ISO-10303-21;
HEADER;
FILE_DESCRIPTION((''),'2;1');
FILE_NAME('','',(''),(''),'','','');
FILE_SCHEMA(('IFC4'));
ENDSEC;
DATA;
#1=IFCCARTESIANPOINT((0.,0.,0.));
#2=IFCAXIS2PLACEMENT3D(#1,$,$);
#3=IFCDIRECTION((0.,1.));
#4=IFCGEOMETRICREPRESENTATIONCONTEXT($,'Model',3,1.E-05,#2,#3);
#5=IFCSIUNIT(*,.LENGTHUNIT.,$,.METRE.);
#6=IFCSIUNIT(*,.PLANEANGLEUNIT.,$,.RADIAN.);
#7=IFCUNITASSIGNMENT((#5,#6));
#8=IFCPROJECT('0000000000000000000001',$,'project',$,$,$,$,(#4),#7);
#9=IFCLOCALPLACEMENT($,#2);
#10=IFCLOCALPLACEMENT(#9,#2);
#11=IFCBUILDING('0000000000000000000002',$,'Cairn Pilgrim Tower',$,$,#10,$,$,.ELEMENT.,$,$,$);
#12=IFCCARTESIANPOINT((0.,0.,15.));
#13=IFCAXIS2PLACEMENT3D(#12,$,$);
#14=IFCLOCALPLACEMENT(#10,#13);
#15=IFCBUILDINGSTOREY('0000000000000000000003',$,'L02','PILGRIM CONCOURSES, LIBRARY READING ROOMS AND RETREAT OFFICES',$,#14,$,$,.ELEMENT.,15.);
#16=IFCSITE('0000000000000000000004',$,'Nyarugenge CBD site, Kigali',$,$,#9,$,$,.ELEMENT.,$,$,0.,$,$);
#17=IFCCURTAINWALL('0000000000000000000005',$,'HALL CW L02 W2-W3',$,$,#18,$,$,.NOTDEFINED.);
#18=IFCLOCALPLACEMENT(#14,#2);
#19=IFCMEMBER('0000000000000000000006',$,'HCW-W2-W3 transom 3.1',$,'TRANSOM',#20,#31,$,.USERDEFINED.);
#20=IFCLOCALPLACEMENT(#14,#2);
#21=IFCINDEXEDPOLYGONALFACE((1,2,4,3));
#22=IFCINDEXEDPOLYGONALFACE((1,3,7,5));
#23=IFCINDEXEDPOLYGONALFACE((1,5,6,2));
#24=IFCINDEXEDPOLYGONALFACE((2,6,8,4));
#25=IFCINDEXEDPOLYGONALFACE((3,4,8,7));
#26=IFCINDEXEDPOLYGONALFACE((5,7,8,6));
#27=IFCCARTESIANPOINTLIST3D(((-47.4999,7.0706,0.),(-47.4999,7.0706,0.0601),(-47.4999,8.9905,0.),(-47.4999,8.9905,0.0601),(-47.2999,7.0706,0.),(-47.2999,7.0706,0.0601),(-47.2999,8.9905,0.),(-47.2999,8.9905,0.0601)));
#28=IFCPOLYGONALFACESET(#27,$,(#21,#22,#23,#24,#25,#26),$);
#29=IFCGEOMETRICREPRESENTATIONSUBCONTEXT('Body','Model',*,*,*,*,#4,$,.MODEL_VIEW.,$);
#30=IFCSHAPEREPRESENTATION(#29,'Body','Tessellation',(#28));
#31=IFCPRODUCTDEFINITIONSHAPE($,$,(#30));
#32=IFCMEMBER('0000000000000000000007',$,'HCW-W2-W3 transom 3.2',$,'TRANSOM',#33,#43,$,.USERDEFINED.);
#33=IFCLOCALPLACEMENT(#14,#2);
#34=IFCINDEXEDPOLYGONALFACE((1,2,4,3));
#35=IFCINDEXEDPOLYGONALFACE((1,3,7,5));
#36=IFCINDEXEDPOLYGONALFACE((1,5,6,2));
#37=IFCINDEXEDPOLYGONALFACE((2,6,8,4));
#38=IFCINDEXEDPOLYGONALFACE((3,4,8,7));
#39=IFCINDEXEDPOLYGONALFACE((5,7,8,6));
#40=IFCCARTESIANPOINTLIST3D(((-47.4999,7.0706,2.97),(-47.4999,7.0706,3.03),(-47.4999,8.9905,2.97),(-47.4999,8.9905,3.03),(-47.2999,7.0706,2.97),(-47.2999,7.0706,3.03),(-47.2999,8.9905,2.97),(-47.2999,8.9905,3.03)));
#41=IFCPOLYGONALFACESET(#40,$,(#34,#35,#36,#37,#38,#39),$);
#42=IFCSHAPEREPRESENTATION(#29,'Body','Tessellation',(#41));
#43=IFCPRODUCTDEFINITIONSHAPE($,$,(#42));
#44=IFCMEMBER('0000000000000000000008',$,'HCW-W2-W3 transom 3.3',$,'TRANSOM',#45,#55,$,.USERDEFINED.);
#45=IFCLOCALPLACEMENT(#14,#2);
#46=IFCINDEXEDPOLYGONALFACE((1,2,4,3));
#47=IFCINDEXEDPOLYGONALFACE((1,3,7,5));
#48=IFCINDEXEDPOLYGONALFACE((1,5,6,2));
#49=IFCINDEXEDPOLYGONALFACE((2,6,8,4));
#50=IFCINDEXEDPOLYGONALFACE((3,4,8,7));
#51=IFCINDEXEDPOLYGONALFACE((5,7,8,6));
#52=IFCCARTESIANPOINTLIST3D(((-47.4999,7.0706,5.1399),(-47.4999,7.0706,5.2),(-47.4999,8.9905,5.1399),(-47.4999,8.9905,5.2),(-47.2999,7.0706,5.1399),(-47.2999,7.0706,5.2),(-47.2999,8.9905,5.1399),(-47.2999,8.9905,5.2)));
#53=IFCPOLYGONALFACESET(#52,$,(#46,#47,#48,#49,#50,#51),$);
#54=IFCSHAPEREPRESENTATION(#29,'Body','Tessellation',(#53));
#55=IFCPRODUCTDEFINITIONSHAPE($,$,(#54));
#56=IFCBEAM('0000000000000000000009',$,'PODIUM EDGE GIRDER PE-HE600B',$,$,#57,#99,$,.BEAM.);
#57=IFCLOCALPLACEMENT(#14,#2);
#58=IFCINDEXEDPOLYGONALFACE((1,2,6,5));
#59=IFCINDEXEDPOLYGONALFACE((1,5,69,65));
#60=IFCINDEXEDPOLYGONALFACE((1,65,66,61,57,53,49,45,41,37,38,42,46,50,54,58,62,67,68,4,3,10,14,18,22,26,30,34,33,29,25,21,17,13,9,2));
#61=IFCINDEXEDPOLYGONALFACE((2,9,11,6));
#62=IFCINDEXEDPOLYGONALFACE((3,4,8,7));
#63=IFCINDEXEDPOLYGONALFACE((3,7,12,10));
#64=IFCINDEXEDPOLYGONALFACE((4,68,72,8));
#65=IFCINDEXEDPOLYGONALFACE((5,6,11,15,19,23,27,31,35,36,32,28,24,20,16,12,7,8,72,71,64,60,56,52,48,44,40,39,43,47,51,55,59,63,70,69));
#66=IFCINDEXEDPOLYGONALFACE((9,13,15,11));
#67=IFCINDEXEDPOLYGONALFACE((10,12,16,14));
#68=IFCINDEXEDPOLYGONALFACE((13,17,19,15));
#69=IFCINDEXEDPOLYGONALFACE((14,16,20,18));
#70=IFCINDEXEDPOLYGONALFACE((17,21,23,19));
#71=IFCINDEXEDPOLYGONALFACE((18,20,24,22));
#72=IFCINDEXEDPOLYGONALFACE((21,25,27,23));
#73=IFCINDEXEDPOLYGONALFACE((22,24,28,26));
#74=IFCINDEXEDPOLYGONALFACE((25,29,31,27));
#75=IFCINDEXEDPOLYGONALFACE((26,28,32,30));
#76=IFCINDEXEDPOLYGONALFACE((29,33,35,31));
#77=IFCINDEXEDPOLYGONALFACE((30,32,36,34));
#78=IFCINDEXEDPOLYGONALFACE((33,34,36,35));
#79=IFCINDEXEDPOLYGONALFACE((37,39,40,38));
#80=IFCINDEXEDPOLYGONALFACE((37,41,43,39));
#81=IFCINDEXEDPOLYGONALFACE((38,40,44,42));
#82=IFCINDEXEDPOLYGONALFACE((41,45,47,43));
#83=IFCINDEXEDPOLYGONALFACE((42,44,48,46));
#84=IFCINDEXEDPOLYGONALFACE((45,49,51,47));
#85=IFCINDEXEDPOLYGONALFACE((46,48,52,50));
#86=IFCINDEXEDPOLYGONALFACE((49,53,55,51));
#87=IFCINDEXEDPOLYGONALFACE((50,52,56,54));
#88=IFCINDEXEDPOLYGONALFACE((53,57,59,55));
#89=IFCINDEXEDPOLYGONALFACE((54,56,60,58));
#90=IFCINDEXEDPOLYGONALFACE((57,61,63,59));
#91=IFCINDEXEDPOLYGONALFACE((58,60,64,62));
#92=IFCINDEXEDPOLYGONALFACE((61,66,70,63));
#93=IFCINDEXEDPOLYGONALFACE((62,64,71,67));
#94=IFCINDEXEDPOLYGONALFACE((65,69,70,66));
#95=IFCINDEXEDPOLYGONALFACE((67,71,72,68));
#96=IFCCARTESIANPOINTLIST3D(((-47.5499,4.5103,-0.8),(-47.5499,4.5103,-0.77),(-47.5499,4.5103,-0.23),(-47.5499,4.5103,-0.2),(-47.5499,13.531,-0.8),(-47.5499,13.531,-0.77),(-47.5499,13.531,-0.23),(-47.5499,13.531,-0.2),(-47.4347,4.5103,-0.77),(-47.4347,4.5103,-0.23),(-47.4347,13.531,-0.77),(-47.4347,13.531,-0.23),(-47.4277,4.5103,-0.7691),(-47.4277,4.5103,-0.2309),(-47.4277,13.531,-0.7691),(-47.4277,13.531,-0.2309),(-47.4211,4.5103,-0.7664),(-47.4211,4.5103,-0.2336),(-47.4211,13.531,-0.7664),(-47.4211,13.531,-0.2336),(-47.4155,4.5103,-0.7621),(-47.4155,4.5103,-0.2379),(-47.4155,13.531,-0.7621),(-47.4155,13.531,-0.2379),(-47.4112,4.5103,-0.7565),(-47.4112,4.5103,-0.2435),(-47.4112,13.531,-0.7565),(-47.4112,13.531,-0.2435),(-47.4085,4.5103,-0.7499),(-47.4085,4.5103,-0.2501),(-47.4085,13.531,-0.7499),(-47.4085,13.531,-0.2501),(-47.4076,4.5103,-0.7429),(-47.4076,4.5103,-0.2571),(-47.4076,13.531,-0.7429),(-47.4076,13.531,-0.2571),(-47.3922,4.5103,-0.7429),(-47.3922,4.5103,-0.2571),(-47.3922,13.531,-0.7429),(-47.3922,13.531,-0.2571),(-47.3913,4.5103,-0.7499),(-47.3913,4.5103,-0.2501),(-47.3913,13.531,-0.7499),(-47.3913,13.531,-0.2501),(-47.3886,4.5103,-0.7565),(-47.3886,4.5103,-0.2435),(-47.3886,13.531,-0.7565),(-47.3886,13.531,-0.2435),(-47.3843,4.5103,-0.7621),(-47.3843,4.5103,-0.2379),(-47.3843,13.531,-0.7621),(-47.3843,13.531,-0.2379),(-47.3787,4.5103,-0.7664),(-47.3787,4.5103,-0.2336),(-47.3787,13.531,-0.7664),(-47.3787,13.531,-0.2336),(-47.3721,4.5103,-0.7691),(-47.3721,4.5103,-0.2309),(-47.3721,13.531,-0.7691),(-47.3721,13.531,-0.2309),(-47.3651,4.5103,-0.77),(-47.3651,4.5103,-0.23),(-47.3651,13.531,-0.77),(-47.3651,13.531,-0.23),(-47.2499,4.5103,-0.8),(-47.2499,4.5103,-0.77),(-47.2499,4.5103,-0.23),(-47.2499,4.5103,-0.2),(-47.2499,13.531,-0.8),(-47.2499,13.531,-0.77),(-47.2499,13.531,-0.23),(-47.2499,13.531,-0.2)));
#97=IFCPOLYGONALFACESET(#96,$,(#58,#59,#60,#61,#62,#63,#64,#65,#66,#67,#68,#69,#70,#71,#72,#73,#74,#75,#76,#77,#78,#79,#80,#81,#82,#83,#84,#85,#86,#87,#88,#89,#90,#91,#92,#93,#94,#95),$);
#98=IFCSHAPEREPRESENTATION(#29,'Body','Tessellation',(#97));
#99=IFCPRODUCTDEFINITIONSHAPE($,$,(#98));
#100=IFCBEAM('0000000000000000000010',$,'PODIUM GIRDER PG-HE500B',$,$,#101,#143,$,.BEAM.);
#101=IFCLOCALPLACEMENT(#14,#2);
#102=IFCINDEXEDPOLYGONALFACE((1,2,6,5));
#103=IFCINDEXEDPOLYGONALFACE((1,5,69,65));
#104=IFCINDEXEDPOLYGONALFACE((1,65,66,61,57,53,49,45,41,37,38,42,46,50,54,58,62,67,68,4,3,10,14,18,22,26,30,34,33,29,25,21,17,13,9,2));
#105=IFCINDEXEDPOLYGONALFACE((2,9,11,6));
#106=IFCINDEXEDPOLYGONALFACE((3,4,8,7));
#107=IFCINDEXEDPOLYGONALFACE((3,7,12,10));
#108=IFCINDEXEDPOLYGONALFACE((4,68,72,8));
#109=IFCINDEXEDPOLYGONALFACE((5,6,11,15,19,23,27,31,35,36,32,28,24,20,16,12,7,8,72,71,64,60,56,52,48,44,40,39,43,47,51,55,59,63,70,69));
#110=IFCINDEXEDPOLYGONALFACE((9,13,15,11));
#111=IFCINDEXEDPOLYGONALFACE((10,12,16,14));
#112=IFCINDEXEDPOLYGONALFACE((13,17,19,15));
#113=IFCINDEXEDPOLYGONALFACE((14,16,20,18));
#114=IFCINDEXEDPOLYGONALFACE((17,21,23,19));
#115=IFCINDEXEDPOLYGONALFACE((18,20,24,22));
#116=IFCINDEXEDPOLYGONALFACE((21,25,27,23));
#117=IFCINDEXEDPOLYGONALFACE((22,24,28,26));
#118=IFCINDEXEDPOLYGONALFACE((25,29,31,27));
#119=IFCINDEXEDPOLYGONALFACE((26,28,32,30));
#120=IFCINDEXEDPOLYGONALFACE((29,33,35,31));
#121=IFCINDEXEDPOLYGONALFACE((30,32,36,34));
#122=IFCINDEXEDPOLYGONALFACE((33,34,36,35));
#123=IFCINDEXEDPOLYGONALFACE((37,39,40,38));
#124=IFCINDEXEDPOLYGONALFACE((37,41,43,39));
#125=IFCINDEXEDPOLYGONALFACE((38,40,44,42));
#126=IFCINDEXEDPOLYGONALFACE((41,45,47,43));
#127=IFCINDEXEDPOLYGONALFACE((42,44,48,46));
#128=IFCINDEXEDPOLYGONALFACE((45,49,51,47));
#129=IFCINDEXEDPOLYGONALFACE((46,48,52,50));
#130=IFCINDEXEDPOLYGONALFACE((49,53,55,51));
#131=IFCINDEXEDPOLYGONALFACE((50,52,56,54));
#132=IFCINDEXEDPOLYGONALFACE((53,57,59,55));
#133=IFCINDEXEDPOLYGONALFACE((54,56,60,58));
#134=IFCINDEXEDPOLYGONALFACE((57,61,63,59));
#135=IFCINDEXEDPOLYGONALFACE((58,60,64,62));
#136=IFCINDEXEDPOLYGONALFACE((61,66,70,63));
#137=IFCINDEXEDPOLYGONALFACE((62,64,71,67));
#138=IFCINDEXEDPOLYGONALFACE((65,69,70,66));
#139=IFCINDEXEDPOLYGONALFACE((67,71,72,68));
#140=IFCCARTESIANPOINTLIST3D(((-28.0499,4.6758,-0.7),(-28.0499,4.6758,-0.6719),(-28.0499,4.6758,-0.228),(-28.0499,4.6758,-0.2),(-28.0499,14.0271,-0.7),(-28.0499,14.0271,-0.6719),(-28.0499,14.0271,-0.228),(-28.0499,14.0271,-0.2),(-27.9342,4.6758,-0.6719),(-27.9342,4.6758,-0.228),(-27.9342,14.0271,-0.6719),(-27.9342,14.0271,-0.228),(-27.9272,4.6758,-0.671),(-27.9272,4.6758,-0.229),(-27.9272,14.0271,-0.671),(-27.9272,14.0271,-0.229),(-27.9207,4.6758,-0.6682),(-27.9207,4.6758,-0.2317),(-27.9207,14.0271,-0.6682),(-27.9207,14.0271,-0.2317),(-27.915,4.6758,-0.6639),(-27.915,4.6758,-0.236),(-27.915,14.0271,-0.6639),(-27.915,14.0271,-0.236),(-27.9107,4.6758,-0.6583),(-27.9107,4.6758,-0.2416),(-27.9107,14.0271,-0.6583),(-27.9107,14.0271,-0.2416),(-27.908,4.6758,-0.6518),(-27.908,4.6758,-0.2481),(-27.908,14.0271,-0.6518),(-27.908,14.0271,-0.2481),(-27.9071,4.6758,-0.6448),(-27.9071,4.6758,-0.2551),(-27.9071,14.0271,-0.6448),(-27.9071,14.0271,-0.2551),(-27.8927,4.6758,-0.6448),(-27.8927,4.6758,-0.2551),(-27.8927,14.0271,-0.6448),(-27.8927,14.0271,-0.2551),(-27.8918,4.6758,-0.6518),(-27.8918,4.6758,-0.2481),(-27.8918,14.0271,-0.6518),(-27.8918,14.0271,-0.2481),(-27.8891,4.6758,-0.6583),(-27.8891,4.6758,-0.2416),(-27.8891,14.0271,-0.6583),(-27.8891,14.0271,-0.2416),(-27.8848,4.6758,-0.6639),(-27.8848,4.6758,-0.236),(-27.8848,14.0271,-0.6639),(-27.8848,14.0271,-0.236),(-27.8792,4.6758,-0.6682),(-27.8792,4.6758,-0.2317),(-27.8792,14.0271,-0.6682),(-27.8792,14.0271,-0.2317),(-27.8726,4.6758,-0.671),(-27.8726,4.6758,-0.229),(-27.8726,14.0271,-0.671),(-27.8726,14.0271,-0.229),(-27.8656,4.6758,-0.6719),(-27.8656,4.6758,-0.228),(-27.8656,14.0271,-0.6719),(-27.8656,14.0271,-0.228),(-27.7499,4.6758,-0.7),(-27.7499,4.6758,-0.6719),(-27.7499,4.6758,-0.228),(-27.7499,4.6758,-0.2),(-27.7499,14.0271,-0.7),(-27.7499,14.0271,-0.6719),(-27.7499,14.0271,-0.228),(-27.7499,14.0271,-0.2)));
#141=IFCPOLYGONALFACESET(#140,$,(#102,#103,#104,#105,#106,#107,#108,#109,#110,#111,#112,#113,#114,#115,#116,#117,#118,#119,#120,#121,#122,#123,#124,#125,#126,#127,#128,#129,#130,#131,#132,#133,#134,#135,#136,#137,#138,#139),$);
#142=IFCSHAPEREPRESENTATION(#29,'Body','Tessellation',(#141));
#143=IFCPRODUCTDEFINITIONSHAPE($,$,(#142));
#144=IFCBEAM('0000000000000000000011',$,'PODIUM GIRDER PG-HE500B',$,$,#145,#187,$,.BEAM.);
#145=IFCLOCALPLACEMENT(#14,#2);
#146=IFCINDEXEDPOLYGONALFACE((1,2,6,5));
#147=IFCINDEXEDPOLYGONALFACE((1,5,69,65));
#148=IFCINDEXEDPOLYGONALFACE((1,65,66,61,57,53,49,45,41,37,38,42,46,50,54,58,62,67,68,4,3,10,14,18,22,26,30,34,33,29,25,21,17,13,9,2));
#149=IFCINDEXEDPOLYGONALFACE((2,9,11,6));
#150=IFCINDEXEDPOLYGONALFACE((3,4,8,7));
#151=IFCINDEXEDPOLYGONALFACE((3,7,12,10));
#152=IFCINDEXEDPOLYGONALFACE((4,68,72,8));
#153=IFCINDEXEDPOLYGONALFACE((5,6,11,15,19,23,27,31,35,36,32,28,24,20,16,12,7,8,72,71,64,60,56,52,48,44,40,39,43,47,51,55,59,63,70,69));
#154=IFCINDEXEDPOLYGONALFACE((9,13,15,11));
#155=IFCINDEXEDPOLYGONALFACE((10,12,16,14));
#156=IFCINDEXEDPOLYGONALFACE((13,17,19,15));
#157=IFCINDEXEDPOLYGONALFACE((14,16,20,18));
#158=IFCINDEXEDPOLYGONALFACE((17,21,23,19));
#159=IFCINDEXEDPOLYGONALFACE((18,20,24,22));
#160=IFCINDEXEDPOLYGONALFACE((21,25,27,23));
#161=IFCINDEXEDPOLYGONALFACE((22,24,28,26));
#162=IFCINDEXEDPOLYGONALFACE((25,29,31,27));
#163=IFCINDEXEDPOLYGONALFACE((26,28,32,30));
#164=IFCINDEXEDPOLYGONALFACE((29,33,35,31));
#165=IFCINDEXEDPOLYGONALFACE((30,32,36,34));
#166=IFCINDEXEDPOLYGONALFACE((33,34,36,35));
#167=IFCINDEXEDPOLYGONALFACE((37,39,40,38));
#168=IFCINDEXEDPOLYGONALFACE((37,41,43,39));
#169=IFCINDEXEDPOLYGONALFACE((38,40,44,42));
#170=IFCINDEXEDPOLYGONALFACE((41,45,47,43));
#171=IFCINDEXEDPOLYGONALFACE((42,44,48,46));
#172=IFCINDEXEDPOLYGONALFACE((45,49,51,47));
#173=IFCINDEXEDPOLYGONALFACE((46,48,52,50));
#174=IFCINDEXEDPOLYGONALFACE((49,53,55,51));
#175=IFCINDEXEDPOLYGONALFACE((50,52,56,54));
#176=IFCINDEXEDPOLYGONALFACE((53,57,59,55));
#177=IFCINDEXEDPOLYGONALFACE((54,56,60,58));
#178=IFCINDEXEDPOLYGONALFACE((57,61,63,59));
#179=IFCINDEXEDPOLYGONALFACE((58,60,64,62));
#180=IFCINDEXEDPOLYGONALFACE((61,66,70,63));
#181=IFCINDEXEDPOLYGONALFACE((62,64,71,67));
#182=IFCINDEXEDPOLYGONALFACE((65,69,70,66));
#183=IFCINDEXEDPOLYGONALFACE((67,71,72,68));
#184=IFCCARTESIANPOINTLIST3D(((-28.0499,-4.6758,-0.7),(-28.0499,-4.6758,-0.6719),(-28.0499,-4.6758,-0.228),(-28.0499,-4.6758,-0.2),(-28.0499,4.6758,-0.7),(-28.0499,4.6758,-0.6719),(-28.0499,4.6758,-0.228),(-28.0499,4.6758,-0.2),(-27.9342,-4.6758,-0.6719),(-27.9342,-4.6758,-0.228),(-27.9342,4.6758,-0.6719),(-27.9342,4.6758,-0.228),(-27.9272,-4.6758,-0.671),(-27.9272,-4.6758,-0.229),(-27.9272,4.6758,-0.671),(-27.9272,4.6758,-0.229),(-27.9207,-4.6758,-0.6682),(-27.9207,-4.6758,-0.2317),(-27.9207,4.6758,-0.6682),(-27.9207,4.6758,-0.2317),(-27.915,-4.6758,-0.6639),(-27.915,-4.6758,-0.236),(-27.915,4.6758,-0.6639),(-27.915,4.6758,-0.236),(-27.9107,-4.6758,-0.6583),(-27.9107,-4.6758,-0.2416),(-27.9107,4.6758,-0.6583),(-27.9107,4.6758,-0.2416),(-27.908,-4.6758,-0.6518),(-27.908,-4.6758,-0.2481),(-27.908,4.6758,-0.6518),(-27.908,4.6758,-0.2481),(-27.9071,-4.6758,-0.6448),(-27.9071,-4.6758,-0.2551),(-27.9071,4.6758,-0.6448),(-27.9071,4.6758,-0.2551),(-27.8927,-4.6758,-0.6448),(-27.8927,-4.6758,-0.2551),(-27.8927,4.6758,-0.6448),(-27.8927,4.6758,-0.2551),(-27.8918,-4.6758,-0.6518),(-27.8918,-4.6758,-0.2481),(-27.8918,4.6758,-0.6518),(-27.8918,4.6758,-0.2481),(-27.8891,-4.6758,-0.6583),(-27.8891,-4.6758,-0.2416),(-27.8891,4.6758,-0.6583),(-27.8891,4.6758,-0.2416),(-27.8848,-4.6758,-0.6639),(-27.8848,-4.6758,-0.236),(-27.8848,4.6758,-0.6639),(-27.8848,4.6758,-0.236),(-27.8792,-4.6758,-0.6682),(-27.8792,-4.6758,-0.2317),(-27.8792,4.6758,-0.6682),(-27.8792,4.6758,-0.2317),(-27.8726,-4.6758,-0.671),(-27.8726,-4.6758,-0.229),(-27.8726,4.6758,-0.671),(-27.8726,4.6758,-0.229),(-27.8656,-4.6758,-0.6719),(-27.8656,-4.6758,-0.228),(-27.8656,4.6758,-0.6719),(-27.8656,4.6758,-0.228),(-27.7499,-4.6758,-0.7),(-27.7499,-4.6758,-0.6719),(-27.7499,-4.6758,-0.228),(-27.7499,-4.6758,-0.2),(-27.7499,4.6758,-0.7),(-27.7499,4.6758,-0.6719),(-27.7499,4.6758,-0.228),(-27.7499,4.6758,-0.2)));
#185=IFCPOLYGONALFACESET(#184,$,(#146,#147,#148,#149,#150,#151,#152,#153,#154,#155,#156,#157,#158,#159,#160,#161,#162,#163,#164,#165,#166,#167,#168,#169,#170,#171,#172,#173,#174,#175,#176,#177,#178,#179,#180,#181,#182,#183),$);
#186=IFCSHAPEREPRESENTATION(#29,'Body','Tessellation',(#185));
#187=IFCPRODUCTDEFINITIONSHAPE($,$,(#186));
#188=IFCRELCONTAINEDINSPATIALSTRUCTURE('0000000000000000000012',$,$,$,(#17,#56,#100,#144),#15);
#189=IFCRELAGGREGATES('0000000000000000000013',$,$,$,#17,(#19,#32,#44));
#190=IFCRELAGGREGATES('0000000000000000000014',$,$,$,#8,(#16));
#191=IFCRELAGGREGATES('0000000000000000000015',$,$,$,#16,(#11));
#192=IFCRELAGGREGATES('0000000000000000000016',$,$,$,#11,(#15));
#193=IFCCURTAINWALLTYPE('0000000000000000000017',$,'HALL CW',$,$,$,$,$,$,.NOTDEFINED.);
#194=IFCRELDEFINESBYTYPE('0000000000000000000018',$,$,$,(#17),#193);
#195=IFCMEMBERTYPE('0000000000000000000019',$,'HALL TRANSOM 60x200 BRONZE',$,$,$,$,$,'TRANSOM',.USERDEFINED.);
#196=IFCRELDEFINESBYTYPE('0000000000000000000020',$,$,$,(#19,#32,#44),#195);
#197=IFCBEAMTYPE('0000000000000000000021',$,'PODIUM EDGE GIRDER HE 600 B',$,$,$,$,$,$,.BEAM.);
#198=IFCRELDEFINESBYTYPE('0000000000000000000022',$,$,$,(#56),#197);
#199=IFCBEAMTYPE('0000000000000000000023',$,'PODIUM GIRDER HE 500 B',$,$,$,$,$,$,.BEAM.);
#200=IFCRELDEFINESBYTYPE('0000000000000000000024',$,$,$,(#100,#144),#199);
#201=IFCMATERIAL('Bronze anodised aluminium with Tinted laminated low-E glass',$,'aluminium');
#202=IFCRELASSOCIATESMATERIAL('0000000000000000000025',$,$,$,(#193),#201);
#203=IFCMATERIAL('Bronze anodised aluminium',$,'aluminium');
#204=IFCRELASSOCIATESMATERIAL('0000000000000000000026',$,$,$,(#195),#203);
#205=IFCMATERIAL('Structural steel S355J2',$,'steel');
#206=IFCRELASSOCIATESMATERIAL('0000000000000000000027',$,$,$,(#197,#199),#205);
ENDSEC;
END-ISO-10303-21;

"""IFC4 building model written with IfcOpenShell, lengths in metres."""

from ifc_helpers import new_model, si_unit, direction, frame, origin, origin_2d, place, context, subcontext, project, spatial, rectangle, i_section, extrude, material, material_profile, profile_set, type_object, element, aggregate, save


model = new_model("IFC4")

# Units and contexts
model_context = context("Model", 3, precision=1e-05, world=origin(), true_north=direction((0.0, 1.0)))
body_context = subcontext(model_context, "Body", "Model", "MODEL_VIEW")
ifc_project = project(units=[si_unit("LENGTHUNIT", "METRE"), si_unit("PLANEANGLEUNIT", "RADIAN")], contexts=[model_context])

# Site, building, storey
site_placement = place(None, origin())
site = spatial("IfcSite", under=ifc_project, at=site_placement, Name="Nyarugenge CBD site, Kigali", CompositionType="ELEMENT", RefElevation=0.0)
building_placement = place(site_placement, origin())
building = spatial("IfcBuilding", under=site, at=building_placement, Name="Cairn Pilgrim Tower", CompositionType="ELEMENT")
storey_placement = place(building_placement, frame((0.0, 0.0, 15.0)))
storey = spatial("IfcBuildingStorey", under=building, at=storey_placement, Name="L02", Description="PILGRIM CONCOURSES, LIBRARY READING ROOMS AND RETREAT OFFICES", CompositionType="ELEMENT", Elevation=15.0)

# Shared definitions
ifc_material_1 = material(Name="Bronze anodised aluminium with Tinted laminated low-E glass", Category="aluminium")
curtain_wall_type = type_object("IfcCurtainWallType", Name="HALL CW", PredefinedType="NOTDEFINED", material=ifc_material_1)
ifc_material_2 = material(Name="Bronze anodised aluminium", Category="aluminium")

# Curtain wall
curtain_wall_1_placement = place(storey_placement, origin())
curtain_wall_1 = element("IfcCurtainWall", 1, at=curtain_wall_1_placement, inside=storey, type_object=curtain_wall_type, Name="HALL CW L02 W2-W3", PredefinedType="NOTDEFINED")

# Members
ifc_material_profile_1 = material_profile(ifc_material_2, rectangle(XDim=0.2, YDim=0.0601, at=origin_2d()), Name="HALL TRANSOM 60x200 BRONZE")
ifc_profile_set_1 = profile_set([ifc_material_profile_1], Name="Bronze anodised aluminium")
member_type_1 = type_object("IfcMemberType", Name="HALL TRANSOM 60x200 BRONZE", ElementType="TRANSOM", PredefinedType="USERDEFINED", material=ifc_profile_set_1)
member_1_placement = place(storey_placement, frame((-47.3999, 8.9905, 0.03), z_axis=(0.0, -1.0, 0.0), x_axis=(1.0, 0.0, 0.0)))
member_1 = element("IfcMember", 2, at=member_1_placement, type_object=member_type_1, Name="HCW-W2-W3 transom 3.1", ObjectType="TRANSOM", PredefinedType="USERDEFINED", context=body_context, shape_type="SweptSolid", body=[
    extrude(rectangle(XDim=0.2, YDim=0.0601, at=origin_2d()), origin(), (0.0, 0.0, 1.0), 1.9199),
])
member_2_placement = place(storey_placement, frame((-47.3999, 8.9905, 3.0), z_axis=(0.0, -1.0, 0.0), x_axis=(1.0, 0.0, 0.0)))
member_2 = element("IfcMember", 3, at=member_2_placement, type_object=member_type_1, Name="HCW-W2-W3 transom 3.2", ObjectType="TRANSOM", PredefinedType="USERDEFINED", context=body_context, shape_type="SweptSolid", body=[
    extrude(rectangle(XDim=0.2, YDim=0.0601, at=origin_2d()), origin(), (0.0, 0.0, 1.0), 1.9199),
])
member_3_placement = place(storey_placement, frame((-47.3999, 8.9905, 5.1699), z_axis=(0.0, -1.0, 0.0), x_axis=(1.0, 0.0, 0.0)))
member_3 = element("IfcMember", 4, at=member_3_placement, type_object=member_type_1, Name="HCW-W2-W3 transom 3.3", ObjectType="TRANSOM", PredefinedType="USERDEFINED", context=body_context, shape_type="SweptSolid", body=[
    extrude(rectangle(XDim=0.2, YDim=0.0601, at=origin_2d()), origin(), (0.0, 0.0, 1.0), 1.9199),
])

# Beams
ifc_material_3 = material(Name="Structural steel S355J2", Category="steel")
ifc_material_profile_2 = material_profile(ifc_material_3, i_section(OverallWidth=0.3, OverallDepth=0.6001, WebThickness=0.0154, FlangeThickness=0.03, FilletRadius=0.0271, at=origin_2d()), Name="HEB 600")
ifc_profile_set_2 = profile_set([ifc_material_profile_2], Name="Structural steel S355J2")
beam_type_1 = type_object("IfcBeamType", Name="PODIUM EDGE GIRDER HE 600 B", PredefinedType="BEAM", material=ifc_profile_set_2)
beam_1_placement = place(storey_placement, frame((-47.3999, 13.531, -0.5), z_axis=(0.0, -1.0, 0.0), x_axis=(1.0, 0.0, 0.0)))
element("IfcBeam", 5, at=beam_1_placement, inside=storey, type_object=beam_type_1, Name="PODIUM EDGE GIRDER PE-HE600B", PredefinedType="BEAM", context=body_context, shape_type="SweptSolid", body=[
    extrude(i_section(OverallWidth=0.3, OverallDepth=0.6001, WebThickness=0.0154, FlangeThickness=0.03, FilletRadius=0.0271, at=origin_2d()), origin(), (0.0, 0.0, 1.0), 9.0208),
])
ifc_material_profile_3 = material_profile(ifc_material_3, i_section(OverallWidth=0.3, OverallDepth=0.5, WebThickness=0.0144, FlangeThickness=0.0281, FilletRadius=0.0271, at=origin_2d()), Name="HEB 500")
ifc_profile_set_3 = profile_set([ifc_material_profile_3], Name="Structural steel S355J2")
beam_type_2 = type_object("IfcBeamType", Name="PODIUM GIRDER HE 500 B", PredefinedType="BEAM", material=ifc_profile_set_3)
beam_2_placement = place(storey_placement, frame((-27.8999, 14.0271, -0.45), z_axis=(0.0, -1.0, 0.0), x_axis=(1.0, 0.0, 0.0)))
element("IfcBeam", 6, at=beam_2_placement, inside=storey, type_object=beam_type_2, Name="PODIUM GIRDER PG-HE500B", PredefinedType="BEAM", context=body_context, shape_type="SweptSolid", body=[
    extrude(i_section(OverallWidth=0.3, OverallDepth=0.5, WebThickness=0.0144, FlangeThickness=0.0281, FilletRadius=0.0271, at=origin_2d()), origin(), (0.0, 0.0, 1.0), 9.3513),
])
beam_3_placement = place(storey_placement, frame((-27.8999, 4.6758, -0.45), z_axis=(0.0, -1.0, 0.0), x_axis=(1.0, 0.0, 0.0)))
element("IfcBeam", 7, at=beam_3_placement, inside=storey, type_object=beam_type_2, Name="PODIUM GIRDER PG-HE500B", PredefinedType="BEAM", context=body_context, shape_type="SweptSolid", body=[
    extrude(i_section(OverallWidth=0.3, OverallDepth=0.5, WebThickness=0.0144, FlangeThickness=0.0281, FilletRadius=0.0271, at=origin_2d()), origin(), (0.0, 0.0, 1.0), 9.3516),
])

aggregate(curtain_wall_1, [member_1, member_2, member_3])

save(model, "model.ifc")
